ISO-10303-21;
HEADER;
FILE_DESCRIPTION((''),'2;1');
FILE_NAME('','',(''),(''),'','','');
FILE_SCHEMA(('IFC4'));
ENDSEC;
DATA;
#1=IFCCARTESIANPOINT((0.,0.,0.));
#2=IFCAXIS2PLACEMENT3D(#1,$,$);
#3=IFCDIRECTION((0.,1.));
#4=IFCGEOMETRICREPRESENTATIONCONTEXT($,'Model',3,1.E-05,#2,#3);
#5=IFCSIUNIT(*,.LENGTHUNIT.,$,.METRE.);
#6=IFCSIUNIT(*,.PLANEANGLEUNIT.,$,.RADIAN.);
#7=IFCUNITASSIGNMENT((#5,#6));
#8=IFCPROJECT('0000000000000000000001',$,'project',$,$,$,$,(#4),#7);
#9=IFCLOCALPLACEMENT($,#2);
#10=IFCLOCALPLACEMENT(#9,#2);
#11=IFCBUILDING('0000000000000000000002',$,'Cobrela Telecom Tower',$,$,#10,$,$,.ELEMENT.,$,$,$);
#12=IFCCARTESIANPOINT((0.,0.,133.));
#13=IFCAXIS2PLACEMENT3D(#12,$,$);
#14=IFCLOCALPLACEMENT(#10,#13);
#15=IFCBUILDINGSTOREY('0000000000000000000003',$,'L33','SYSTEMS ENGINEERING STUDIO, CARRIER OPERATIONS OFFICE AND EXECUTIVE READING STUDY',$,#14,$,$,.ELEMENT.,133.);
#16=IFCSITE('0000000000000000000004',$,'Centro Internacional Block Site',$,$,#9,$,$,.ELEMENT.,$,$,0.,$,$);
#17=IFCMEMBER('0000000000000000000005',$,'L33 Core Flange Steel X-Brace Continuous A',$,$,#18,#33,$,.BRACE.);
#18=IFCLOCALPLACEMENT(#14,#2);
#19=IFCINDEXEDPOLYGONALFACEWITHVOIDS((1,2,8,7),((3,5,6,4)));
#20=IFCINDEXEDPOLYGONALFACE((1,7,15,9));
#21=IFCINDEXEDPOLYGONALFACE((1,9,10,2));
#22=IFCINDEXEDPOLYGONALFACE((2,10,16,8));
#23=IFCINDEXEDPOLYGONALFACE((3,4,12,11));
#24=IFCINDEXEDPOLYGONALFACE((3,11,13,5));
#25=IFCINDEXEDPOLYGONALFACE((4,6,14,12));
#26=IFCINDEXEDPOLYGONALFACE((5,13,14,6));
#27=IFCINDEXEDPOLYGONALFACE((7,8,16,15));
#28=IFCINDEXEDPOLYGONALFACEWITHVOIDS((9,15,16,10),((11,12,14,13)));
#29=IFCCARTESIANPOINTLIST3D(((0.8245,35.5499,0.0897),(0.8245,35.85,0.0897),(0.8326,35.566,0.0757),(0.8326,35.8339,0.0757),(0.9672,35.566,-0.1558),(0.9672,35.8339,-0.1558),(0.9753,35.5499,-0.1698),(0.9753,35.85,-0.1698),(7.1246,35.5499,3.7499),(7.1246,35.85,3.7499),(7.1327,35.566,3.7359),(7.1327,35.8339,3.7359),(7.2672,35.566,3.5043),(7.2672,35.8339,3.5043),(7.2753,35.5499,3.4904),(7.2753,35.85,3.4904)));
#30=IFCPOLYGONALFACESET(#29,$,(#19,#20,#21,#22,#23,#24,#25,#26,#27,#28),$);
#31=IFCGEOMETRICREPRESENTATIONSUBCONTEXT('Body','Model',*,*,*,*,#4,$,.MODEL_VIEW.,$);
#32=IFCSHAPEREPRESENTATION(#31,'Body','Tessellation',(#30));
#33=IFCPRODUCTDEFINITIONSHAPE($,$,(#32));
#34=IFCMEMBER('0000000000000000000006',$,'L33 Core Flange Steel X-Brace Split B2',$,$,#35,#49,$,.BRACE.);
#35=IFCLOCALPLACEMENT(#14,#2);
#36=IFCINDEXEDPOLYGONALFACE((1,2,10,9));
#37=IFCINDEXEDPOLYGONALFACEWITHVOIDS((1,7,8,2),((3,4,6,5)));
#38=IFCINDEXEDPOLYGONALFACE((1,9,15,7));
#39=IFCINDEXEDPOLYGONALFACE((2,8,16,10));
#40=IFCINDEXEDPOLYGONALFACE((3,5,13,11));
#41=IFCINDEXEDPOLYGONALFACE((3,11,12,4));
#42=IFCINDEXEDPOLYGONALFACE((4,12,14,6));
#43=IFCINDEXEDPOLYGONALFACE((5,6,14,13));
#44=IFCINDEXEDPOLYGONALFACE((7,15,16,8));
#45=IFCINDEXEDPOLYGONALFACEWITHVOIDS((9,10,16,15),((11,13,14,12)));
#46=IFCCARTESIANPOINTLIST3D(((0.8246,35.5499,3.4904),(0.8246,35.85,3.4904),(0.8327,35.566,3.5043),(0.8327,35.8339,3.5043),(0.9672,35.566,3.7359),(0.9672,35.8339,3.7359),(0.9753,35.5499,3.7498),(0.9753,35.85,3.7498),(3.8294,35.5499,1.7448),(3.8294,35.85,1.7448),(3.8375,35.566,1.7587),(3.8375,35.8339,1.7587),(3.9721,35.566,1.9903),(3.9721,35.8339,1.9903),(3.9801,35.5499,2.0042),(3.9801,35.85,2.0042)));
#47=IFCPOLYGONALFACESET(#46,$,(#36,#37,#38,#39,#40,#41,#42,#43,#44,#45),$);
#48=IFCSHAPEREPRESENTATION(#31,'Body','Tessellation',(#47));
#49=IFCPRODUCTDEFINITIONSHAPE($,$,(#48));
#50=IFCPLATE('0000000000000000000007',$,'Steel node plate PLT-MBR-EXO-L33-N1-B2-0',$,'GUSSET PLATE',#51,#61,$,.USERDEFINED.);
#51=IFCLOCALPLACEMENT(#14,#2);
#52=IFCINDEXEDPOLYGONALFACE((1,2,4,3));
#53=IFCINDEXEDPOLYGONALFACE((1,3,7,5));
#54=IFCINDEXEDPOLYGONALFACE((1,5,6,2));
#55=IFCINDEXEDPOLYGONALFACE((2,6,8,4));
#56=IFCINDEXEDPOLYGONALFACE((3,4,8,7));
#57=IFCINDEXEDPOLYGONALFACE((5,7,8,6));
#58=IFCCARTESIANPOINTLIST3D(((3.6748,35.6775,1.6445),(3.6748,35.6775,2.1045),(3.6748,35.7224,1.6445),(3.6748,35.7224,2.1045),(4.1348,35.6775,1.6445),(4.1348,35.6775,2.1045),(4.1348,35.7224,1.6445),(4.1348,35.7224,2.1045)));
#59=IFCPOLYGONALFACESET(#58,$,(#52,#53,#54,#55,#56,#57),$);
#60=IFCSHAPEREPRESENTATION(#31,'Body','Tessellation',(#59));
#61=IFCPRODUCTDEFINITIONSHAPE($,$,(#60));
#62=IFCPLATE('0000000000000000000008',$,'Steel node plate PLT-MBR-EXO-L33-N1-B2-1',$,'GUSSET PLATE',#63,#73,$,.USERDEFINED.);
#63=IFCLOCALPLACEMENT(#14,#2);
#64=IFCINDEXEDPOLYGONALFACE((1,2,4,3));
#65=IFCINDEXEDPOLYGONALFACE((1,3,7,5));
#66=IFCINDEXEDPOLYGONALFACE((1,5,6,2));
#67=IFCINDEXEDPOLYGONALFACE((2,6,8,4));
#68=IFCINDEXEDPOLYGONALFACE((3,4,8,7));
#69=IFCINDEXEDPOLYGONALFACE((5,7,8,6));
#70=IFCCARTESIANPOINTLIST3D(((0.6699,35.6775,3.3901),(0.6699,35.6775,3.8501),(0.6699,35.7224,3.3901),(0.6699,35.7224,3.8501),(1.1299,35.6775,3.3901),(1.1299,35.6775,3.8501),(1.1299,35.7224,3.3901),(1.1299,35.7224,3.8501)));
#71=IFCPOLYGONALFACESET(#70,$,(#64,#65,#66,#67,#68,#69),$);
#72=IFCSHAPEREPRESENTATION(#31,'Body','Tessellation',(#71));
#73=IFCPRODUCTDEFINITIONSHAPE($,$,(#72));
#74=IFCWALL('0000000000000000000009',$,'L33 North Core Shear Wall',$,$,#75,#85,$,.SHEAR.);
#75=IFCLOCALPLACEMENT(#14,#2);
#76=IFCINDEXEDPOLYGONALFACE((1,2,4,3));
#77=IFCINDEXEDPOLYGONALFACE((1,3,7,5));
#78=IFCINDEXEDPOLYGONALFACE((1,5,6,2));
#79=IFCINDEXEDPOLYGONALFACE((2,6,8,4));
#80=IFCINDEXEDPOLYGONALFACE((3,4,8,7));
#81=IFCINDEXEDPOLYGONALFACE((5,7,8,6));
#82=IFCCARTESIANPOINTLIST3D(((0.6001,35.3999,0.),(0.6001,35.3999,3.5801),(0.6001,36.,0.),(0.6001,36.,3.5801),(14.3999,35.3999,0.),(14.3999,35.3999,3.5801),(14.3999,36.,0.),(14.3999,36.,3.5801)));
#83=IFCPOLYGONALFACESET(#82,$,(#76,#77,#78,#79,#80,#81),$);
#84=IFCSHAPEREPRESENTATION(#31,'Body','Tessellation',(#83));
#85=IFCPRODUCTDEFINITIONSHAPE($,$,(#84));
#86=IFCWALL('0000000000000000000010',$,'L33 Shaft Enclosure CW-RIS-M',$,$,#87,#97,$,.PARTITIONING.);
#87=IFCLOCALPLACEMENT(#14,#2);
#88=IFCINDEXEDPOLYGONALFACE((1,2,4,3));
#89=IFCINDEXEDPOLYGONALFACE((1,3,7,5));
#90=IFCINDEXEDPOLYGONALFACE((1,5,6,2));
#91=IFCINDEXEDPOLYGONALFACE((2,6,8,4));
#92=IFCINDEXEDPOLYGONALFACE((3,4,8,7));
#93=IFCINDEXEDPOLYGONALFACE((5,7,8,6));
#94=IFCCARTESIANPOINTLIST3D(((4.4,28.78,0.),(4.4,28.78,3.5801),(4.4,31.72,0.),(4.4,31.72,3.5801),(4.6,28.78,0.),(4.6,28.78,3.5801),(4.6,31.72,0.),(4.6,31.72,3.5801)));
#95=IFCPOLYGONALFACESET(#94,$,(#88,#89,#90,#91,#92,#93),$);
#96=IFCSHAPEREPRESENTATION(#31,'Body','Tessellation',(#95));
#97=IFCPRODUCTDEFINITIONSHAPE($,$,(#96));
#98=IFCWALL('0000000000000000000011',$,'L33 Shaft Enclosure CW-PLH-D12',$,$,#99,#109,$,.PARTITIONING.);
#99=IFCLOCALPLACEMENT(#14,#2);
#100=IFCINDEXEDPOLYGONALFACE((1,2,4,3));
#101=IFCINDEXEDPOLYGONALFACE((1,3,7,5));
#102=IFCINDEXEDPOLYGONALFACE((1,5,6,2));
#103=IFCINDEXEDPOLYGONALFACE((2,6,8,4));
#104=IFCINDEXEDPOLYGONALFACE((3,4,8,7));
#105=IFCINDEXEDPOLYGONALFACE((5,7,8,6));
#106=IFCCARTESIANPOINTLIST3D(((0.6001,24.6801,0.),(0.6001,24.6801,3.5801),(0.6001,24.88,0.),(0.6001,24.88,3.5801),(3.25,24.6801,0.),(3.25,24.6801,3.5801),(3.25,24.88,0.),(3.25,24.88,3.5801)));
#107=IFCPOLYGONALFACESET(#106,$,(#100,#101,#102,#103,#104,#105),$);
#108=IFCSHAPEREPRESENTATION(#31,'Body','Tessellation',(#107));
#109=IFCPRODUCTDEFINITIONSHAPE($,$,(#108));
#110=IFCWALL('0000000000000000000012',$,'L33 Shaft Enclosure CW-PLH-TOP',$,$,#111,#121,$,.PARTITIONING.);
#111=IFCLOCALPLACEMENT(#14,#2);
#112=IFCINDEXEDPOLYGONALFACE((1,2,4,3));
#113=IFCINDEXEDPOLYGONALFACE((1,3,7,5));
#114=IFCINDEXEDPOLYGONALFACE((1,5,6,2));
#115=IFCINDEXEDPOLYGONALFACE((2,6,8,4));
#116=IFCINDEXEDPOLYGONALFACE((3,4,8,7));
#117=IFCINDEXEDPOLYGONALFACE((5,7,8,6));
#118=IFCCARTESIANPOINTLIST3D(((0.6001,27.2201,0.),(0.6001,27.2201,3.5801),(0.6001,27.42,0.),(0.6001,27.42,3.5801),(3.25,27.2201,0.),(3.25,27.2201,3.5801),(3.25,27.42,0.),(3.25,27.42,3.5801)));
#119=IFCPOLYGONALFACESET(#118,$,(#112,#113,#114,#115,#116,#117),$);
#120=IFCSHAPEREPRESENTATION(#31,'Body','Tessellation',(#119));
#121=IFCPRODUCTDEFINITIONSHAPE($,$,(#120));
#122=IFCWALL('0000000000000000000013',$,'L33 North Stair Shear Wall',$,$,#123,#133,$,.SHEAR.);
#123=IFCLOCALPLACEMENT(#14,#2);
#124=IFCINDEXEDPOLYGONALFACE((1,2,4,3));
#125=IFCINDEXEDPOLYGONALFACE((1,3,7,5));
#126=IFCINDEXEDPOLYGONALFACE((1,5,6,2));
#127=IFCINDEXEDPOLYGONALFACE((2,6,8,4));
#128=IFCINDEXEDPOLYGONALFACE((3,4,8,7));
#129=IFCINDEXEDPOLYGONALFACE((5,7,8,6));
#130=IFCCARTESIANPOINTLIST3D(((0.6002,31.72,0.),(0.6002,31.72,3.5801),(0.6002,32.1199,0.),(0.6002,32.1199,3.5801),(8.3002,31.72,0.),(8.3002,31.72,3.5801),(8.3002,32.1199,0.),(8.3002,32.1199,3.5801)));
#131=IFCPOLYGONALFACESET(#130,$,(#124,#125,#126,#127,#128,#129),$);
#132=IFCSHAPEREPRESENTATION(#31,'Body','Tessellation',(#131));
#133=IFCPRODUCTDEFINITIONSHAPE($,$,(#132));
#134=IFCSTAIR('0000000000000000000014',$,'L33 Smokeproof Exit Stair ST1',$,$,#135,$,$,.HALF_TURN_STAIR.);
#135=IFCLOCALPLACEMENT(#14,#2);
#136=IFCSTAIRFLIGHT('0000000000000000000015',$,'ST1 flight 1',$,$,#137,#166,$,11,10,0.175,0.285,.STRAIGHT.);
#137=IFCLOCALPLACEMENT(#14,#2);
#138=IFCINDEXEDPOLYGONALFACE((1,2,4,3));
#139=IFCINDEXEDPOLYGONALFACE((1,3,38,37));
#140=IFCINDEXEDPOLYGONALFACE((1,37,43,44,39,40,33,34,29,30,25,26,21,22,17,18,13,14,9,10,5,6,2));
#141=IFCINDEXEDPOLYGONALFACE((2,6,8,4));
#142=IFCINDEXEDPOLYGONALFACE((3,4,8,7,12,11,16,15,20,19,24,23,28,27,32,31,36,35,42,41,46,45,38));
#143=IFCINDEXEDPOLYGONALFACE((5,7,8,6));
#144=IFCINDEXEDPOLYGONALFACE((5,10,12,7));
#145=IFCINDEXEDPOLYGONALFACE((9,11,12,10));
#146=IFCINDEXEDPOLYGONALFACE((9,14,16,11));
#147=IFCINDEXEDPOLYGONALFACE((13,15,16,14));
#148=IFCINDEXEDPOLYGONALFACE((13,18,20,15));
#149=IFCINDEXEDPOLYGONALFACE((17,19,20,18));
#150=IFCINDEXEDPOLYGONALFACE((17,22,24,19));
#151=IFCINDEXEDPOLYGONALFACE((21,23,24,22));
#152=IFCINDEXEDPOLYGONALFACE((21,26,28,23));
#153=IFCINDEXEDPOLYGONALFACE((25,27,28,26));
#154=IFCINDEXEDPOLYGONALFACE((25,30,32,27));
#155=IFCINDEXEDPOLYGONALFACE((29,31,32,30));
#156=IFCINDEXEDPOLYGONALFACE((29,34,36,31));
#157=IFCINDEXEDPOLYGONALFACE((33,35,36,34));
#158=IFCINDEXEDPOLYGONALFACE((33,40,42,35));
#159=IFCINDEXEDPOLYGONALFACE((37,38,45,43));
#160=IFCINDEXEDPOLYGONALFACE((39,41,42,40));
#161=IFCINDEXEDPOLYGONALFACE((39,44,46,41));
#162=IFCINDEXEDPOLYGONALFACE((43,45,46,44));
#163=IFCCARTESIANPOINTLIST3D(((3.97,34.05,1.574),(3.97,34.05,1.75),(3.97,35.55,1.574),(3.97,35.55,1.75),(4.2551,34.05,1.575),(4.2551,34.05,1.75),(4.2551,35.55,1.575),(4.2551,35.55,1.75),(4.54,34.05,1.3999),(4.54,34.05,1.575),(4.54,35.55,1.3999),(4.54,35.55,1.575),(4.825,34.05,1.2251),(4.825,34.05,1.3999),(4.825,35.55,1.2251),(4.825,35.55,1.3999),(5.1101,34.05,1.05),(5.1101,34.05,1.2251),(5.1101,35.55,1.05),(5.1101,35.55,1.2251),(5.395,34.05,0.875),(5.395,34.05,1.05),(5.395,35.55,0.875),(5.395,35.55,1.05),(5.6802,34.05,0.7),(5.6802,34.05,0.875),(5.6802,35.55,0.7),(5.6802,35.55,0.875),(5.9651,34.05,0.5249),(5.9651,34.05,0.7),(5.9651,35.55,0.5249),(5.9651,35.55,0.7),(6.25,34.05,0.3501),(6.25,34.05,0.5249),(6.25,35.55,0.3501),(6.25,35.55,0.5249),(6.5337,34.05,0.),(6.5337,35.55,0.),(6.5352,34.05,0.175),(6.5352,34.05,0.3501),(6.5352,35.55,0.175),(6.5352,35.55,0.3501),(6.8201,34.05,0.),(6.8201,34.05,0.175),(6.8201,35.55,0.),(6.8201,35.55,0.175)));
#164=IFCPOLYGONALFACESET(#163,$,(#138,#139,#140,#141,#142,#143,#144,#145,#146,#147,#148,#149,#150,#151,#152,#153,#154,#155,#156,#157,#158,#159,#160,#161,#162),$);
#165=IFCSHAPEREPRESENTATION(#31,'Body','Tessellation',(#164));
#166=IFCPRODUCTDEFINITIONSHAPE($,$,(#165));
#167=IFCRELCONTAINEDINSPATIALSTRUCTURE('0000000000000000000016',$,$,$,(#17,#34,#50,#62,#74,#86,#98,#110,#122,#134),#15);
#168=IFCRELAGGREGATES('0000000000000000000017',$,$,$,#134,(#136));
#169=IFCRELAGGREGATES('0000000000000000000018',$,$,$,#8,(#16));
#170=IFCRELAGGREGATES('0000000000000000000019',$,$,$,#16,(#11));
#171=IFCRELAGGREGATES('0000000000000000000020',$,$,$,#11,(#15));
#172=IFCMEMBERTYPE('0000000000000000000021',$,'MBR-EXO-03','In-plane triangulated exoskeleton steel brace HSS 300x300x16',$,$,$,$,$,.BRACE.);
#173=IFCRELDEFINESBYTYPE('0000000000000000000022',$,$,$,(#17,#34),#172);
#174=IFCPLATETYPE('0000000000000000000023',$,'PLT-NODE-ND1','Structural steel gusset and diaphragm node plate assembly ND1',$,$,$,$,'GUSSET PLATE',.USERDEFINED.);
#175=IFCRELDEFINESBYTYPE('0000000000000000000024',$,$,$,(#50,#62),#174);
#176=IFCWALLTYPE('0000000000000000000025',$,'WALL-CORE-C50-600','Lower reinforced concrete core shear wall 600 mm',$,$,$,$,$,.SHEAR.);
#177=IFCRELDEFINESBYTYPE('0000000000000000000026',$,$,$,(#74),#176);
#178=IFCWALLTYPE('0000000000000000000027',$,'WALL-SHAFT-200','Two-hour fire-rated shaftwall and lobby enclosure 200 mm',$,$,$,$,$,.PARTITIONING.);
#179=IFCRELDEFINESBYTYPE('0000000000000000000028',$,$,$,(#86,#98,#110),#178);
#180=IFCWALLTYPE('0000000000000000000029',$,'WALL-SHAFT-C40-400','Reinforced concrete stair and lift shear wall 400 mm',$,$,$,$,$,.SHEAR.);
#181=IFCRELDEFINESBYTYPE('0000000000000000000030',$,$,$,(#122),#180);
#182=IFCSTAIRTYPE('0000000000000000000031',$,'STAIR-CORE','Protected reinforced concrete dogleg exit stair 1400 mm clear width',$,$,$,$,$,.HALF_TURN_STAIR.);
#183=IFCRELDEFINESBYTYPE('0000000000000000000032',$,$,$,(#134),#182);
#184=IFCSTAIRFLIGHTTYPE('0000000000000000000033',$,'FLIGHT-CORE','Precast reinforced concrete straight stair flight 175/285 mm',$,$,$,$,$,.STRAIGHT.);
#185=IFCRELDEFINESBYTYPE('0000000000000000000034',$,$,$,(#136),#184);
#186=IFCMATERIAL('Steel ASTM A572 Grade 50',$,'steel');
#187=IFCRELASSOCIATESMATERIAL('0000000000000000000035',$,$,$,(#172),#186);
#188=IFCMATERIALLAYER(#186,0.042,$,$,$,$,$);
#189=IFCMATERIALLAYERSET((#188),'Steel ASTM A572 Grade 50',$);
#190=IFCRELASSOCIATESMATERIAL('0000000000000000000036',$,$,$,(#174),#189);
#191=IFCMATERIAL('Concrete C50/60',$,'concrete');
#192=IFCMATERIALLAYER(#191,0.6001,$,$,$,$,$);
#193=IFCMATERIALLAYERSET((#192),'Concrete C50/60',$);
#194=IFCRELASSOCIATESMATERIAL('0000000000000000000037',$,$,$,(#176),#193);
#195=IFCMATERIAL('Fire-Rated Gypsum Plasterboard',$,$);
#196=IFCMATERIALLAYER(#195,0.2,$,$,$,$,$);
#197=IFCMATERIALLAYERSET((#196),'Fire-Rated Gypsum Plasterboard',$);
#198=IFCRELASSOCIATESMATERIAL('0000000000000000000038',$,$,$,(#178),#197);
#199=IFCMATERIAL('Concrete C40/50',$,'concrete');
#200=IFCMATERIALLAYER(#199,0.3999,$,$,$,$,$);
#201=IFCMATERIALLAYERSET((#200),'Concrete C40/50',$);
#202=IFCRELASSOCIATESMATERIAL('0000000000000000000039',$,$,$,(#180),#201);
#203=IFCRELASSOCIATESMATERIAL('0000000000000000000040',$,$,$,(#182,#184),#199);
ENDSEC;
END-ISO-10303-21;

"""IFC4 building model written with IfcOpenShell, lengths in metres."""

from ifc_helpers import new_model, si_unit, direction, frame, frame_2d, origin, origin_2d, place, context, subcontext, project, spatial, polyline, rectangle, hollow_rectangle, outline, extrude, material, layer, layer_set, material_profile, profile_set, type_object, element, aggregate, save


model = new_model("IFC4")

# Units and contexts
model_context = context("Model", 3, precision=1e-05, world=origin(), true_north=direction((0.0, 1.0)))
body_context = subcontext(model_context, "Body", "Model", "MODEL_VIEW")
ifc_project = project(units=[si_unit("LENGTHUNIT", "METRE"), si_unit("PLANEANGLEUNIT", "RADIAN")], contexts=[model_context])

# Site, building, storey
site_placement = place(None, origin())
site = spatial("IfcSite", under=ifc_project, at=site_placement, Name="Centro Internacional Block Site", CompositionType="ELEMENT", RefElevation=0.0)
building_placement = place(site_placement, origin())
building = spatial("IfcBuilding", under=site, at=building_placement, Name="Cobrela Telecom Tower", CompositionType="ELEMENT")
storey_placement = place(building_placement, frame((0.0, 0.0, 133.0)))
storey = spatial("IfcBuildingStorey", under=building, at=storey_placement, Name="L33", Description="SYSTEMS ENGINEERING STUDIO, CARRIER OPERATIONS OFFICE AND EXECUTIVE READING STUDY", CompositionType="ELEMENT", Elevation=133.0)

# Members
ifc_material_1 = material(Name="Steel ASTM A572 Grade 50", Category="steel")
ifc_material_profile = material_profile(ifc_material_1, hollow_rectangle(XDim=0.3, YDim=0.3, WallThickness=0.0161, at=origin_2d()), Name="HSS 300x300x16")
ifc_profile_set = profile_set([ifc_material_profile], Name="Steel ASTM A572 Grade 50")
member_type = type_object("IfcMemberType", Name="MBR-EXO-03", Description="In-plane triangulated exoskeleton steel brace HSS 300x300x16", PredefinedType="BRACE", material=ifc_profile_set)
member_1_placement = place(storey_placement, frame((0.8999, 35.7, -0.04), z_axis=(0.864666, 0.0, 0.502347), x_axis=(0.0, 1.0, 0.0)))
element("IfcMember", 1, at=member_1_placement, inside=storey, type_object=member_type, Name="L33 Core Flange Steel X-Brace Continuous A", PredefinedType="BRACE", context=body_context, shape_type="SweptSolid", body=[
    extrude(hollow_rectangle(XDim=0.3, YDim=0.3, WallThickness=0.0161, at=origin_2d()), origin(), (0.0, 0.0, 1.0), 7.2861),
])
member_2_placement = place(storey_placement, frame((3.9048, 35.7, 1.8745), z_axis=(-0.864685, 0.0, 0.502315), x_axis=(0.0, -1.0, 0.0)))
element("IfcMember", 2, at=member_2_placement, inside=storey, type_object=member_type, Name="L33 Core Flange Steel X-Brace Split B2", PredefinedType="BRACE", context=body_context, shape_type="SweptSolid", body=[
    extrude(hollow_rectangle(XDim=0.3, YDim=0.3, WallThickness=0.0161, at=origin_2d()), origin(), (0.0, 0.0, 1.0), 3.4751),
])

# Plates
ifc_layer_1 = layer(ifc_material_1, 0.042)
ifc_layer_set_1 = layer_set([ifc_layer_1], Name="Steel ASTM A572 Grade 50")
plate_type = type_object("IfcPlateType", Name="PLT-NODE-ND1", Description="Structural steel gusset and diaphragm node plate assembly ND1", ElementType="GUSSET PLATE", PredefinedType="USERDEFINED", material=ifc_layer_set_1)
for number, where, z_axis, x_axis, name in (
    (3, (3.9048, 35.7, 1.6445), (0.0, 0.0, 1.0), (-1.0, 0.0, 0.0), "Steel node plate PLT-MBR-EXO-L33-N1-B2-0"),
    (4, (0.8999, 35.7, 3.3901), (0.0, 0.0, 1.0), (-1.0, 0.0, 0.0), "Steel node plate PLT-MBR-EXO-L33-N1-B2-1"),
):
    element("IfcPlate", number, at=place(storey_placement, frame(where, z_axis=z_axis, x_axis=x_axis)), inside=storey, type_object=plate_type, Name=name, ObjectType="GUSSET PLATE", PredefinedType="USERDEFINED", context=body_context, shape_type="SweptSolid", body=[
        extrude(rectangle(XDim=0.46, YDim=0.0449, at=origin_2d()), origin(), (0.0, 0.0, 1.0), 0.46),
    ])

# Wall
ifc_material_2 = material(Name="Concrete C50/60", Category="concrete")
ifc_layer_2 = layer(ifc_material_2, 0.6001)
ifc_layer_set_2 = layer_set([ifc_layer_2], Name="Concrete C50/60")
wall_type_1 = type_object("IfcWallType", Name="WALL-CORE-C50-600", Description="Lower reinforced concrete core shear wall 600 mm", PredefinedType="SHEAR", material=ifc_layer_set_2)
wall_1_placement = place(storey_placement, frame((0.6001, 35.7, 0.0), z_axis=(0.0, 0.0, 1.0), x_axis=(1.0, 0.0, 0.0)))
element("IfcWall", 5, at=wall_1_placement, inside=storey, type_object=wall_type_1, Name="L33 North Core Shear Wall", PredefinedType="SHEAR", context=body_context, shape_type="SweptSolid", body=[
    extrude(rectangle(XDim=13.7998, YDim=0.6001, at=frame_2d((6.8999, 0.0))), origin(), (0.0, 0.0, 1.0), 3.5801),
])

# Shared definitions
ifc_material_3 = material(Name="Fire-Rated Gypsum Plasterboard")
ifc_layer_3 = layer(ifc_material_3, 0.2)
ifc_layer_set_3 = layer_set([ifc_layer_3], Name="Fire-Rated Gypsum Plasterboard")
wall_type_2 = type_object("IfcWallType", Name="WALL-SHAFT-200", Description="Two-hour fire-rated shaftwall and lobby enclosure 200 mm", PredefinedType="PARTITIONING", material=ifc_layer_set_3)

# Walls
wall_2_placement = place(storey_placement, frame((4.5, 28.78, 0.0), z_axis=(0.0, 0.0, 1.0), x_axis=(0.0, 1.0, 0.0)))
element("IfcWall", 6, at=wall_2_placement, inside=storey, type_object=wall_type_2, Name="L33 Shaft Enclosure CW-RIS-M", PredefinedType="PARTITIONING", context=body_context, shape_type="SweptSolid", body=[
    extrude(rectangle(XDim=2.9399, YDim=0.2, at=frame_2d((1.47, 0.0))), origin(), (0.0, 0.0, 1.0), 3.5801),
])
for number, where, z_axis, x_axis, name in (
    (7, (0.6001, 24.78, 0.0), (0.0, 0.0, 1.0), (1.0, 0.0, 0.0), "L33 Shaft Enclosure CW-PLH-D12"),
    (8, (0.6001, 27.3201, 0.0), (0.0, 0.0, 1.0), (1.0, 0.0, 0.0), "L33 Shaft Enclosure CW-PLH-TOP"),
):
    element("IfcWall", number, at=place(storey_placement, frame(where, z_axis=z_axis, x_axis=x_axis)), inside=storey, type_object=wall_type_2, Name=name, PredefinedType="PARTITIONING", context=body_context, shape_type="SweptSolid", body=[
        extrude(rectangle(XDim=2.6499, YDim=0.2, at=frame_2d((1.325, 0.0))), origin(), (0.0, 0.0, 1.0), 3.5801),
    ])
ifc_material_4 = material(Name="Concrete C40/50", Category="concrete")
ifc_layer_4 = layer(ifc_material_4, 0.3999)
ifc_layer_set_4 = layer_set([ifc_layer_4], Name="Concrete C40/50")
wall_type_3 = type_object("IfcWallType", Name="WALL-SHAFT-C40-400", Description="Reinforced concrete stair and lift shear wall 400 mm", PredefinedType="SHEAR", material=ifc_layer_set_4)
wall_3_placement = place(storey_placement, frame((0.6001, 31.9199, 0.0), z_axis=(0.0, 0.0, 1.0), x_axis=(1.0, 0.0, 0.0)))
element("IfcWall", 9, at=wall_3_placement, inside=storey, type_object=wall_type_3, Name="L33 North Stair Shear Wall", PredefinedType="SHEAR", context=body_context, shape_type="SweptSolid", body=[
    extrude(rectangle(XDim=7.7, YDim=0.3999, at=frame_2d((3.8501, 0.0))), origin(), (0.0, 0.0, 1.0), 3.5801),
])

# Stair, stair flight
stair_type = type_object("IfcStairType", Name="STAIR-CORE", Description="Protected reinforced concrete dogleg exit stair 1400 mm clear width", PredefinedType="HALF_TURN_STAIR", material=ifc_material_4)
stair_placement = place(storey_placement, origin())
stair = element("IfcStair", 10, at=stair_placement, inside=storey, type_object=stair_type, Name="L33 Smokeproof Exit Stair ST1", PredefinedType="HALF_TURN_STAIR")
stair_flight_type = type_object("IfcStairFlightType", Name="FLIGHT-CORE", Description="Precast reinforced concrete straight stair flight 175/285 mm", PredefinedType="STRAIGHT", material=ifc_material_4)
stair_flight_1_placement = place(storey_placement, frame((6.8201, 34.8, 0.0), z_axis=(0.0, 0.0, 1.0), x_axis=(-1.0, 0.0, 0.0)))
stair_flight_1 = element("IfcStairFlight", 11, at=stair_flight_1_placement, type_object=stair_flight_type, Name="ST1 flight 1", NumberOfRisers=11, NumberOfTreads=10, PredefinedType="STRAIGHT", RiserHeight=0.175, TreadLength=0.285, context=body_context, shape_type="SweptSolid", body=[
    extrude(outline(polyline([(0.0, 0.0), (0.0, 0.175), (0.2849, 0.175), (0.2849, 0.3501), (0.5701, 0.3501), (0.5701, 0.5249), (0.855, 0.5249), (0.855, 0.7), (1.1399, 0.7), (1.1399, 0.875), (1.425, 0.875), (1.425, 1.05), (1.71, 1.05), (1.71, 1.2251), (1.9951, 1.2251), (1.9951, 1.3999), (2.28, 1.3999), (2.28, 1.575), (2.5649, 1.575), (2.5649, 1.75), (2.8501, 1.75), (2.8501, 1.925), (2.8501, 1.574), (0.2864, 0.0), (0.0, 0.0)])), frame((0.0, 0.75, 0.0), z_axis=(0.0, -1.0, 0.0), x_axis=(1.0, 0.0, 0.0)), (0.0, 0.0, 1.0), 1.5),
])
aggregate(stair, [stair_flight_1])

save(model, "model.ifc")
